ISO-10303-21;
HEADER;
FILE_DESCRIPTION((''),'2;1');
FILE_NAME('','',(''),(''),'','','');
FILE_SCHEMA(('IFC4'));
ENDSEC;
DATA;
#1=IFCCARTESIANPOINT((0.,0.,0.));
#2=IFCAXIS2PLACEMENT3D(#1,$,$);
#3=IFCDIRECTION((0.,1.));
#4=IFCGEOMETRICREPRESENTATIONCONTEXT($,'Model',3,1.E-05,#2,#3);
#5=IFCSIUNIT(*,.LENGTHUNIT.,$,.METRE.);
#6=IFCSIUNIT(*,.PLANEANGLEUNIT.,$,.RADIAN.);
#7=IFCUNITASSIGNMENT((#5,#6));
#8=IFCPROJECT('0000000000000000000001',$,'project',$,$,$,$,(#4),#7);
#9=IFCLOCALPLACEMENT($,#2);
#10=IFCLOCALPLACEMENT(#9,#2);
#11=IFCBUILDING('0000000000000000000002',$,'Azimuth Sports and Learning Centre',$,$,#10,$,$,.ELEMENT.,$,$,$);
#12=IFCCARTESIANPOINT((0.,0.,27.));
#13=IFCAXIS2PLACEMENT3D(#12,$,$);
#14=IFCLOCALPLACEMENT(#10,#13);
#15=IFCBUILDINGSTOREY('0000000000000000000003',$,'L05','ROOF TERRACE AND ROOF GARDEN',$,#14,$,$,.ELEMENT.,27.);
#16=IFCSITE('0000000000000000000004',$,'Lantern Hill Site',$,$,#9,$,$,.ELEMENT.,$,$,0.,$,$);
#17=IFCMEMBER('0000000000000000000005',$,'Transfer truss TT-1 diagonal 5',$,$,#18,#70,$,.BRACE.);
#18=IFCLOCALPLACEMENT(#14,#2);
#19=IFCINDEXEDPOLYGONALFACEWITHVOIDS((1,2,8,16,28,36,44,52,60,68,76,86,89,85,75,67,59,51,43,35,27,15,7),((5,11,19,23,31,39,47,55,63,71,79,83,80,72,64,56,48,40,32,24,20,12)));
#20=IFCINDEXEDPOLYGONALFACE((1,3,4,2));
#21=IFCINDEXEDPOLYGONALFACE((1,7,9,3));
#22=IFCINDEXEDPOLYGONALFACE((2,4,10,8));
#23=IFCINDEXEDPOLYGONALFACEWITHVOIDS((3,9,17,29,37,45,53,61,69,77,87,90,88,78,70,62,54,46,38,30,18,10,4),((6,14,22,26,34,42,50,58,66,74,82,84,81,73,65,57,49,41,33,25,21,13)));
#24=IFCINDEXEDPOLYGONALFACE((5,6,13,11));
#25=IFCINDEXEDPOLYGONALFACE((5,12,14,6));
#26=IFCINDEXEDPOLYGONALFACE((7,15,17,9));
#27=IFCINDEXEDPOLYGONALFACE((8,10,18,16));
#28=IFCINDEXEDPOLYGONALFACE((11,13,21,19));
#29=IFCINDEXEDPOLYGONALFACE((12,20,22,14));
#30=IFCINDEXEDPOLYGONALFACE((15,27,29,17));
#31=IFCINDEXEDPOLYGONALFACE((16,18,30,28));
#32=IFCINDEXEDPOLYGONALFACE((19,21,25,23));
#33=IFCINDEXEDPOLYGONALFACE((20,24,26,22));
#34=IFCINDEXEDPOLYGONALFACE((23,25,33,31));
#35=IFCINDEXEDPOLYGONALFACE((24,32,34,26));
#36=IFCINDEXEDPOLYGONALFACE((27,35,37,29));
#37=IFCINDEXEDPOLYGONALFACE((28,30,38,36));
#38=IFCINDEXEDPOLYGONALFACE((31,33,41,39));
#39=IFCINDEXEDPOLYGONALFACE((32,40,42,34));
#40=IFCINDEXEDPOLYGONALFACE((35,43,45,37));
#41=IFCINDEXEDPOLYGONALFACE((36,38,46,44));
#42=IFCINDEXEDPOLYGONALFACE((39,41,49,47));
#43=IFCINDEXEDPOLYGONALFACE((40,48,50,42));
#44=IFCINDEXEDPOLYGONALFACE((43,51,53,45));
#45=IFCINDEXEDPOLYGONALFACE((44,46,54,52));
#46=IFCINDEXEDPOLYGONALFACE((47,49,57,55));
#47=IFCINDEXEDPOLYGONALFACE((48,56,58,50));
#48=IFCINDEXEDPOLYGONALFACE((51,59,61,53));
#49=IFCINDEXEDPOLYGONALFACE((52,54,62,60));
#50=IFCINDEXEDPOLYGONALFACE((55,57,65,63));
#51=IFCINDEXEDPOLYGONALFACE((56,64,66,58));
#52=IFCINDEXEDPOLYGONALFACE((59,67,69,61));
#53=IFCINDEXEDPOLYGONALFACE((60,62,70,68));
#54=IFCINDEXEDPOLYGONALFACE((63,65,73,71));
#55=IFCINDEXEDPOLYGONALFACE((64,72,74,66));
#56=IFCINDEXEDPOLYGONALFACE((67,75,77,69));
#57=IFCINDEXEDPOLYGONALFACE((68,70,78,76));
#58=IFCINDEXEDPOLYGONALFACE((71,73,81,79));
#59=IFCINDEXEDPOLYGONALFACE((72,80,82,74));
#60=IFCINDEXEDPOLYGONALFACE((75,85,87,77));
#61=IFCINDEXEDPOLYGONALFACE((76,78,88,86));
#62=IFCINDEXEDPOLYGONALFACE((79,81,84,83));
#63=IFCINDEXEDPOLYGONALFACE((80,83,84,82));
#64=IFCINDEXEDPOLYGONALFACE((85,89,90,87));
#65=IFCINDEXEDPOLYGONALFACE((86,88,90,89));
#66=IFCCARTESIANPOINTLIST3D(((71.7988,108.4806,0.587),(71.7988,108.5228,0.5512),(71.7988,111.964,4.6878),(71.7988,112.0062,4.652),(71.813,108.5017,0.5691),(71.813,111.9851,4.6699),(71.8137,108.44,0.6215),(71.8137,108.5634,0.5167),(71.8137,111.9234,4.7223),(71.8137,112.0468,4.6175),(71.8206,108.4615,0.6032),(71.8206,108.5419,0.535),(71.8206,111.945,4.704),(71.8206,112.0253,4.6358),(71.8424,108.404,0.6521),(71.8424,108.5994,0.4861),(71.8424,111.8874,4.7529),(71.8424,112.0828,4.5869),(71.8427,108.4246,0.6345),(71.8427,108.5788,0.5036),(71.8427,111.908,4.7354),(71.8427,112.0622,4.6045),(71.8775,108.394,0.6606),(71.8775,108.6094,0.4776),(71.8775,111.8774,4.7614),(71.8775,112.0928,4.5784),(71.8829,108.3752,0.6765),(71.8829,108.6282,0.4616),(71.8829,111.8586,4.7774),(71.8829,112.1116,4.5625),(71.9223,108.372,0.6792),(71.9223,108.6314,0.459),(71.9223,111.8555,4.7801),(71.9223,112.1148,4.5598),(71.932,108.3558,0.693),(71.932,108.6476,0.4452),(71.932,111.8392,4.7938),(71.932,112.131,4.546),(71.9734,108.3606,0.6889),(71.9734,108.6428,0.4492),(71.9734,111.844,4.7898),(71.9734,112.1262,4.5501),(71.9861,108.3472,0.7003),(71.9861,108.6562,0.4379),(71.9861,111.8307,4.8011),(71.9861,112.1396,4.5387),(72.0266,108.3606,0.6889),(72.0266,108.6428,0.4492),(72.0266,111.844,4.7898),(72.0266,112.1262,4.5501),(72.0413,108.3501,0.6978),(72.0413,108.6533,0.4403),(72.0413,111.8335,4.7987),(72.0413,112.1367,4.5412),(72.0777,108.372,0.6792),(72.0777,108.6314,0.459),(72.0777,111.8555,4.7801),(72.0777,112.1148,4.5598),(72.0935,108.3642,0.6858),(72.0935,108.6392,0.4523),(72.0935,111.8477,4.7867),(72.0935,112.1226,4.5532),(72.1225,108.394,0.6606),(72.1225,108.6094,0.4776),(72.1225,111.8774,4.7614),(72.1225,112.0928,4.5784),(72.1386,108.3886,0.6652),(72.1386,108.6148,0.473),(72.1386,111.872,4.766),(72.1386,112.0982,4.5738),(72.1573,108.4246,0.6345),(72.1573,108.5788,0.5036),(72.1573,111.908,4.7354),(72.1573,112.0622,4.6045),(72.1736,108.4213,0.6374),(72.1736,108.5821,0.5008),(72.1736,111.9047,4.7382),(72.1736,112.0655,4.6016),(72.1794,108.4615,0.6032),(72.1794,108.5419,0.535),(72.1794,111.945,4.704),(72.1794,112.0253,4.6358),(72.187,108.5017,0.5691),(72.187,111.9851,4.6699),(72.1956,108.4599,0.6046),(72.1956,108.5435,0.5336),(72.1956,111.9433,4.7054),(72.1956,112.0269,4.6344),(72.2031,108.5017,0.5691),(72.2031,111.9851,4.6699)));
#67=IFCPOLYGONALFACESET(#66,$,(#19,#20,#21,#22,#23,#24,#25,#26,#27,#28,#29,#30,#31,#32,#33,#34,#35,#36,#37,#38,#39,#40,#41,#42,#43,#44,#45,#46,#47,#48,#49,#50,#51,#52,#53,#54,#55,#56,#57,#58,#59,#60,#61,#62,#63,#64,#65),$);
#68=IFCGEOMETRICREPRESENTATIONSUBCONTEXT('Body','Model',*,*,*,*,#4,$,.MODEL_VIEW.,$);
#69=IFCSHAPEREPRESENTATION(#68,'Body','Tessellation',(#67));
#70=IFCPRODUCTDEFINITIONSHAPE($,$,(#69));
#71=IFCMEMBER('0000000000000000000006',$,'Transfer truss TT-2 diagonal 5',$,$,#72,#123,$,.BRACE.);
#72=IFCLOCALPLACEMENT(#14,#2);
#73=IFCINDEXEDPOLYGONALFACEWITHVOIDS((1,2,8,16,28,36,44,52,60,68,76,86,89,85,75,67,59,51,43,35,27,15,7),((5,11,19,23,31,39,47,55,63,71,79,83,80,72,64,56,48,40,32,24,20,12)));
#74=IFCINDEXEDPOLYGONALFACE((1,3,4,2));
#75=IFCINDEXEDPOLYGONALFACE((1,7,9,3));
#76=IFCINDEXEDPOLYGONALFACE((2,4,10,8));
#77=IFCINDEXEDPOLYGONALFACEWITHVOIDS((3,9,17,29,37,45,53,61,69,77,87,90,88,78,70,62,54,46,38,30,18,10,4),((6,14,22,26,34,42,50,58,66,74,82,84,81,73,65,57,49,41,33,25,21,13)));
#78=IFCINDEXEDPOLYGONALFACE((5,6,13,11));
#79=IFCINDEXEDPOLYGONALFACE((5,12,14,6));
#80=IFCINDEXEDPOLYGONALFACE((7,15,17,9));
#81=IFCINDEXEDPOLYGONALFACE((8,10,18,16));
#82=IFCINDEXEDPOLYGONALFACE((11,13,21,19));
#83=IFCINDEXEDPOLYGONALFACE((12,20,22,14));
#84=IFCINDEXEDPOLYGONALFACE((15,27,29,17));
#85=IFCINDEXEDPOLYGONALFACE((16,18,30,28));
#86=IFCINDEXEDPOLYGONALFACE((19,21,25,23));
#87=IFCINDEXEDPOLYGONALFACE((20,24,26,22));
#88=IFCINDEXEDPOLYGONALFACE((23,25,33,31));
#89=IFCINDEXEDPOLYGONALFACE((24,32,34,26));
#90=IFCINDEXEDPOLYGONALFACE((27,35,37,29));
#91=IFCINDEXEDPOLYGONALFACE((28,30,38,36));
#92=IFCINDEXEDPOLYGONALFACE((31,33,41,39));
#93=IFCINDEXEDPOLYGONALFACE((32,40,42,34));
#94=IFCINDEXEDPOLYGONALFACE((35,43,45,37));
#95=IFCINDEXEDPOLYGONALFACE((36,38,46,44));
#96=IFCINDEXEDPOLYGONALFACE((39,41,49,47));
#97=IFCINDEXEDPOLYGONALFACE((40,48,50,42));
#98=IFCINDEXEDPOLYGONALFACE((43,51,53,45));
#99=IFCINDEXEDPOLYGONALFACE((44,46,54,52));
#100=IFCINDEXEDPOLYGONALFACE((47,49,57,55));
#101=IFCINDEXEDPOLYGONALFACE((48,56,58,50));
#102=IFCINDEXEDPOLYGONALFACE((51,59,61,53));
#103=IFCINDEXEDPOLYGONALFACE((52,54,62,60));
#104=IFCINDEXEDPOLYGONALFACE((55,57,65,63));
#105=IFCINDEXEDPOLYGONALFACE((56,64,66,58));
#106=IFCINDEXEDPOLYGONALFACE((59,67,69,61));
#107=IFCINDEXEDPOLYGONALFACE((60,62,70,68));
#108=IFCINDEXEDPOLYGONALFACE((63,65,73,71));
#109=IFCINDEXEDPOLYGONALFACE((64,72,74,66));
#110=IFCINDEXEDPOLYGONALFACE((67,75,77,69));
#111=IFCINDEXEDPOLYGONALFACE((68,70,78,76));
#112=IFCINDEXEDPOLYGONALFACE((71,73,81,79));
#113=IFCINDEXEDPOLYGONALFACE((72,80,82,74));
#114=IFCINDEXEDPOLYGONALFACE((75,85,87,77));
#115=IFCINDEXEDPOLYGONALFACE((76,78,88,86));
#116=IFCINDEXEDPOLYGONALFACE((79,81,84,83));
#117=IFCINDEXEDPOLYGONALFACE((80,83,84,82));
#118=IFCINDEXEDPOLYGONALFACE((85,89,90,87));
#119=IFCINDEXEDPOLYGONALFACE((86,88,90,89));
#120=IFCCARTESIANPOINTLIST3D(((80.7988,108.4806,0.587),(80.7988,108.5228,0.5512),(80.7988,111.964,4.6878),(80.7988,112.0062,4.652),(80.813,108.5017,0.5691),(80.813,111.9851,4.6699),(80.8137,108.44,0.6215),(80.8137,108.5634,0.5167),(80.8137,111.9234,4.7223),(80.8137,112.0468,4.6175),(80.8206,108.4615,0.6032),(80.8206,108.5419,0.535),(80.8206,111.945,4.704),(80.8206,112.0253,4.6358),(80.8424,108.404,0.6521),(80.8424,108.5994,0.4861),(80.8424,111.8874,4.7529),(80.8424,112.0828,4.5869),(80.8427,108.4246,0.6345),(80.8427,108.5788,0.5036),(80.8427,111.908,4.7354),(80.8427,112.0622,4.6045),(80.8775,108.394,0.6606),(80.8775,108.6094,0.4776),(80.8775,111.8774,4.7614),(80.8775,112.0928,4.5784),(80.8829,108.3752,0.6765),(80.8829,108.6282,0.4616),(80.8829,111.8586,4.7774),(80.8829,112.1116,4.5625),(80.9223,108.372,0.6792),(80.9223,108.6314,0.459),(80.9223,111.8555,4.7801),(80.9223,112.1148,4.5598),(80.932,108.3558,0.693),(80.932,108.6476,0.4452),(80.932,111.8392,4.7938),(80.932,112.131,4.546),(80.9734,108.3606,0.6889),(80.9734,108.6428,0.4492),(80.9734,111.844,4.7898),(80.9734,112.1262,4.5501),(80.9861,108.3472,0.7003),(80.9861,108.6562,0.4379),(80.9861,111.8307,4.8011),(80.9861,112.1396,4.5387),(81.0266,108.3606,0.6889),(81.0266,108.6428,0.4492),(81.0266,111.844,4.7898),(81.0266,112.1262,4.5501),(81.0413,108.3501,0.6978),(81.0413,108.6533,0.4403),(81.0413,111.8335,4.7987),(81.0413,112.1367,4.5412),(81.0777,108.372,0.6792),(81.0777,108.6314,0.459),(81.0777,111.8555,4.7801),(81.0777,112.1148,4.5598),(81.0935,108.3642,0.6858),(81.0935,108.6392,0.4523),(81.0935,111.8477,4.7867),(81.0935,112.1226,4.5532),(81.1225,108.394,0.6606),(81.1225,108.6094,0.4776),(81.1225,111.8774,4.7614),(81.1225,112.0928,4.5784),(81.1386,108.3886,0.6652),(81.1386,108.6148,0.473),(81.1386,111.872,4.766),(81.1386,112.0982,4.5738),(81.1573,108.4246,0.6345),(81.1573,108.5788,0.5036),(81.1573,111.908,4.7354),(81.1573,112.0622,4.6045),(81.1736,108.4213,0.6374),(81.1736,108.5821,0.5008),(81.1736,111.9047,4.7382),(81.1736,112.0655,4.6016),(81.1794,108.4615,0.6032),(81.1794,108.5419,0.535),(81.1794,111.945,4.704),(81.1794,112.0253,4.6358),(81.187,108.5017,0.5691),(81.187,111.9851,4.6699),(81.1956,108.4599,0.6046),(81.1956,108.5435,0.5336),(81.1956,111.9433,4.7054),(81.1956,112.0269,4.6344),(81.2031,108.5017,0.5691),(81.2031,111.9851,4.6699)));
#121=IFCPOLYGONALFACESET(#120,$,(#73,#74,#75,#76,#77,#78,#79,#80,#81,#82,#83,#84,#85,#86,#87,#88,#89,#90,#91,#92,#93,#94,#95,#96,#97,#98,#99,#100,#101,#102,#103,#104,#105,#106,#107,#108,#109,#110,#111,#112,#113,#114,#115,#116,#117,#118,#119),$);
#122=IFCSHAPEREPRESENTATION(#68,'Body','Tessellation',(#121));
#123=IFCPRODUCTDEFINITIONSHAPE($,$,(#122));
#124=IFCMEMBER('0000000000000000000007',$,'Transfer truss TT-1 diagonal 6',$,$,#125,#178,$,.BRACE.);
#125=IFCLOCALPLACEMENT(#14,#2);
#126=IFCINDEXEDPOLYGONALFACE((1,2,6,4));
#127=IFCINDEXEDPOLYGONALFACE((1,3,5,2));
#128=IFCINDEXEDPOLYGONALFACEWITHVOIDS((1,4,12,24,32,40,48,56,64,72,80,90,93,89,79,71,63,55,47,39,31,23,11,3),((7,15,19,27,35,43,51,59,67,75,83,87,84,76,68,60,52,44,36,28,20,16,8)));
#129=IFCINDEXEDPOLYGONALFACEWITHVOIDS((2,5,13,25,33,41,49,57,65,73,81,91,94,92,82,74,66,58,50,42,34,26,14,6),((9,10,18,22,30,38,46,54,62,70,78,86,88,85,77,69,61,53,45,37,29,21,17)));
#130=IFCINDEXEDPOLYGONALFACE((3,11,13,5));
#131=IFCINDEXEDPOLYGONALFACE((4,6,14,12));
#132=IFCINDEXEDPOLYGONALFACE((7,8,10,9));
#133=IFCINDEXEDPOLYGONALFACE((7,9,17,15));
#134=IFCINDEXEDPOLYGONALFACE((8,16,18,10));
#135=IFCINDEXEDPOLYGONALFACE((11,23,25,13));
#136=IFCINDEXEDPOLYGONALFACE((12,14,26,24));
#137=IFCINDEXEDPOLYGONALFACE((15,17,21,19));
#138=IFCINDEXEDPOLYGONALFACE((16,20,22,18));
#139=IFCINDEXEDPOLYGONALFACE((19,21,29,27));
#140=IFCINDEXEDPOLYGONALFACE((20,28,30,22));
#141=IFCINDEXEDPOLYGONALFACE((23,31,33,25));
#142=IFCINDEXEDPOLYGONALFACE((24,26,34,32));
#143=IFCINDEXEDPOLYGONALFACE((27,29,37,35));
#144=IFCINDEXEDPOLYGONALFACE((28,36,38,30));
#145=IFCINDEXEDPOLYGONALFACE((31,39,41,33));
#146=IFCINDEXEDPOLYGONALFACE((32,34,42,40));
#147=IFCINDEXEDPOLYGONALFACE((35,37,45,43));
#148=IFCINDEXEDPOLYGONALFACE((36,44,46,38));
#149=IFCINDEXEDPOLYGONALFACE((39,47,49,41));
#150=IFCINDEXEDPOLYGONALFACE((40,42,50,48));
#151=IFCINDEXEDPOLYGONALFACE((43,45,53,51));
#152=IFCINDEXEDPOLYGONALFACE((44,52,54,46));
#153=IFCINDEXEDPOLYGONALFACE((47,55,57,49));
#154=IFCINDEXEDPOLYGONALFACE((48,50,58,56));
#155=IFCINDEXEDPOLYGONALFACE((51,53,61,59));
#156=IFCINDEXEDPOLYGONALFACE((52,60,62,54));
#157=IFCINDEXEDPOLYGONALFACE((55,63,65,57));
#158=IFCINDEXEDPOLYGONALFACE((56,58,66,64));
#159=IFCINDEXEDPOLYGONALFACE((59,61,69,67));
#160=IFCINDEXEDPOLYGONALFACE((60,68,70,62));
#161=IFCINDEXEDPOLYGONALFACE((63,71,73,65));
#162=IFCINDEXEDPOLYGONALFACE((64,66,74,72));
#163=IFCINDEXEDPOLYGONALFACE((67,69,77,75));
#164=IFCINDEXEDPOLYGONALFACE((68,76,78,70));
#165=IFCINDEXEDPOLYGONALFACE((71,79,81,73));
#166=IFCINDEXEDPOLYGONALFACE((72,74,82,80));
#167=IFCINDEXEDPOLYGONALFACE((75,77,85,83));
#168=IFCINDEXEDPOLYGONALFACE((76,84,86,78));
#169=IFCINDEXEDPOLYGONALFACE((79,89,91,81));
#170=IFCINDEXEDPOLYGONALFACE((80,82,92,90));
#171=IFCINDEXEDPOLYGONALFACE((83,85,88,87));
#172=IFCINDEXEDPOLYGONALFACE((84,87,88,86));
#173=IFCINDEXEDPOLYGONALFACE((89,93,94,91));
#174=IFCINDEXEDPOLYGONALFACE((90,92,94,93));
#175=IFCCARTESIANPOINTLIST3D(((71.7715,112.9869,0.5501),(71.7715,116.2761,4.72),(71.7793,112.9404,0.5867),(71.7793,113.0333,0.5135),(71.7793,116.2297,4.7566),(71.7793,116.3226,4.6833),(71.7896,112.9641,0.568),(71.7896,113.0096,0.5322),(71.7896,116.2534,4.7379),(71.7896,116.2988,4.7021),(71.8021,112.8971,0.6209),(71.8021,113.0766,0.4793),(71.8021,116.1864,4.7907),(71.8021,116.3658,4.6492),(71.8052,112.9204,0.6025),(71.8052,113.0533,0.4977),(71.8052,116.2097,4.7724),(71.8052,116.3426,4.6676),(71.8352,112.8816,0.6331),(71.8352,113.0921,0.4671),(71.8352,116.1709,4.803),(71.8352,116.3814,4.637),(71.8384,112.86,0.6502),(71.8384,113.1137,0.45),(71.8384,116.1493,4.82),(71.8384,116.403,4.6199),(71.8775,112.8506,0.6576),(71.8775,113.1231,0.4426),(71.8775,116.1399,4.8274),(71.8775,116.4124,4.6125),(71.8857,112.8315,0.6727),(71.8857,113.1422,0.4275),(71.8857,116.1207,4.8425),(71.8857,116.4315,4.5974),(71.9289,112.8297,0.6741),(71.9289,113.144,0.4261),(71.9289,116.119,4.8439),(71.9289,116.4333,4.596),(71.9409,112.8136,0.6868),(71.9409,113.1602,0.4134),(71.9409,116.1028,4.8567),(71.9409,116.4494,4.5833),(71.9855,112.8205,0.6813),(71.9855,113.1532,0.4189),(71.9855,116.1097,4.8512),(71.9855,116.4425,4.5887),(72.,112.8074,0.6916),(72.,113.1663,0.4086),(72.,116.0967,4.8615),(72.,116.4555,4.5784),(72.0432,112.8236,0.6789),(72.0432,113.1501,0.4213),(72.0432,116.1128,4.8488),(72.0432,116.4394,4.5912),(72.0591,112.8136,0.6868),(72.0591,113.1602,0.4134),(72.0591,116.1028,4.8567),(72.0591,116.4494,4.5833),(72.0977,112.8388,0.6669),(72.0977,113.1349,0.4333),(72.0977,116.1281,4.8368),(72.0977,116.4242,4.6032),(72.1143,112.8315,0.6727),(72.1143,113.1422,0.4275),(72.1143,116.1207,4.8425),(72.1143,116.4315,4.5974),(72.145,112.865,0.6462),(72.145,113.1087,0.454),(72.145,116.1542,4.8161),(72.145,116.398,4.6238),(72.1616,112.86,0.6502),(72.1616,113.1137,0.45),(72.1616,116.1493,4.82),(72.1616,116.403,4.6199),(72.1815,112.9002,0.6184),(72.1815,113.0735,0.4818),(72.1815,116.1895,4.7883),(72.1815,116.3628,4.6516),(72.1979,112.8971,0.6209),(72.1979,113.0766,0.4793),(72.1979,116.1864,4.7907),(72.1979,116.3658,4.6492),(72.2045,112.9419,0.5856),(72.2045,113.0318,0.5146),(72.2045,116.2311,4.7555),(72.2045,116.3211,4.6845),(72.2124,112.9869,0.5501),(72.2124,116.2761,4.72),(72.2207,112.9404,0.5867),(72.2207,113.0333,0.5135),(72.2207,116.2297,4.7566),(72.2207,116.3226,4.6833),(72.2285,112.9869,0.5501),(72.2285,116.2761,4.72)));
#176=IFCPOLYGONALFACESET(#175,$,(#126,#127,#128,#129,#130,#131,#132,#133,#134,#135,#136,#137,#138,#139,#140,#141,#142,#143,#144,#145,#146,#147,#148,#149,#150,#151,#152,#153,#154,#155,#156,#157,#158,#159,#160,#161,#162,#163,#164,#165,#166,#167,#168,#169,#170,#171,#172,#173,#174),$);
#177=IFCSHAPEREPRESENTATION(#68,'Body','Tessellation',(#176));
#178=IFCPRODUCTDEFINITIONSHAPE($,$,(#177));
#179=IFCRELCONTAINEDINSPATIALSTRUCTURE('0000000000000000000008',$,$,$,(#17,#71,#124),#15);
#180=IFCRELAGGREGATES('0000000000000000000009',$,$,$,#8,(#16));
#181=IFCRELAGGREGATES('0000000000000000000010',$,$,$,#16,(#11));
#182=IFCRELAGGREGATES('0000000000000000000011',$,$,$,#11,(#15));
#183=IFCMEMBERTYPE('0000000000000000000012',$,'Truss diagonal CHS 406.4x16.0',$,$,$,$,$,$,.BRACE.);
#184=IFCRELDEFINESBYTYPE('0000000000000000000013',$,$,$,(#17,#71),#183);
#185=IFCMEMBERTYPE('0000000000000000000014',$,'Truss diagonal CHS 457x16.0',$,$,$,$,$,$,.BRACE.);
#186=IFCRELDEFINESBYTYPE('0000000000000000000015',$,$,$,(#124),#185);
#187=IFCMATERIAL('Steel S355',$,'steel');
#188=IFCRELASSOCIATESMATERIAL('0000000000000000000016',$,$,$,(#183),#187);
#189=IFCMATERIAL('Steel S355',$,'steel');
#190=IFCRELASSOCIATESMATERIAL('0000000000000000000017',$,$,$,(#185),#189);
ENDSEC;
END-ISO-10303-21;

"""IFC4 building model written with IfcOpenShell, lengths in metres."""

from ifc_helpers import new_model, si_unit, direction, frame, origin, origin_2d, place, context, subcontext, project, spatial, hollow_circle, extrude, material, material_profile, profile_set, type_object, element, save


model = new_model("IFC4")

# Units and contexts
model_context = context("Model", 3, precision=1e-05, world=origin(), true_north=direction((0.0, 1.0)))
body_context = subcontext(model_context, "Body", "Model", "MODEL_VIEW")
ifc_project = project(units=[si_unit("LENGTHUNIT", "METRE"), si_unit("PLANEANGLEUNIT", "RADIAN")], contexts=[model_context])

# Site, building, storey
site_placement = place(None, origin())
site = spatial("IfcSite", under=ifc_project, at=site_placement, Name="Lantern Hill Site", CompositionType="ELEMENT", RefElevation=0.0)
building_placement = place(site_placement, origin())
building = spatial("IfcBuilding", under=site, at=building_placement, Name="Azimuth Sports and Learning Centre", CompositionType="ELEMENT")
storey_placement = place(building_placement, frame((0.0, 0.0, 27.0)))
storey = spatial("IfcBuildingStorey", under=building, at=storey_placement, Name="L05", Description="ROOF TERRACE AND ROOF GARDEN", CompositionType="ELEMENT", Elevation=27.0)

# Members
ifc_material_1 = material(Name="Steel S355", Category="steel")
ifc_material_profile_1 = material_profile(ifc_material_1, hollow_circle(Radius=0.2031, WallThickness=0.0161, at=origin_2d()), Name="CHS 406.4x16.0")
ifc_profile_set_1 = profile_set([ifc_material_profile_1], Name="Steel S355")
member_type_1 = type_object("IfcMemberType", Name="Truss diagonal CHS 406.4x16.0", PredefinedType="BRACE", material=ifc_profile_set_1)
for number, where, z_axis, x_axis, name in (
    (1, (72.0, 111.9851, 4.6699), (0.0, -0.647399, -0.762151), (1.0, 0.0, 0.0), "Transfer truss TT-1 diagonal 5"),
    (2, (81.0, 111.9851, 4.6699), (0.0, -0.647399, -0.762151), (1.0, 0.0, 0.0), "Transfer truss TT-2 diagonal 5"),
):
    element("IfcMember", number, at=place(storey_placement, frame(where, z_axis=z_axis, x_axis=x_axis)), inside=storey, type_object=member_type_1, Name=name, PredefinedType="BRACE", context=body_context, shape_type="SweptSolid", body=[
        extrude(hollow_circle(Radius=0.2031, WallThickness=0.0161, at=origin_2d()), origin(), (0.0, 0.0, 1.0), 5.3806),
    ])
ifc_material_2 = material(Name="Steel S355", Category="steel")
ifc_material_profile_2 = material_profile(ifc_material_2, hollow_circle(Radius=0.2285, WallThickness=0.0161, at=origin_2d()), Name="CHS 457x16.0")
ifc_profile_set_2 = profile_set([ifc_material_profile_2], Name="Steel S355")
member_type_2 = type_object("IfcMemberType", Name="Truss diagonal CHS 457x16.0", PredefinedType="BRACE", material=ifc_profile_set_2)
for number, where, z_axis, x_axis, name in (
    (3, (72.0, 116.2761, 4.72), (0.0, -0.619327, -0.785133), (1.0, 0.0, 0.0), "Transfer truss TT-1 diagonal 6"),
):
    element("IfcMember", number, at=place(storey_placement, frame(where, z_axis=z_axis, x_axis=x_axis)), inside=storey, type_object=member_type_2, Name=name, PredefinedType="BRACE", context=body_context, shape_type="SweptSolid", body=[
        extrude(hollow_circle(Radius=0.2285, WallThickness=0.0161, at=origin_2d()), origin(), (0.0, 0.0, 1.0), 5.311),
    ])

save(model, "model.ifc")
